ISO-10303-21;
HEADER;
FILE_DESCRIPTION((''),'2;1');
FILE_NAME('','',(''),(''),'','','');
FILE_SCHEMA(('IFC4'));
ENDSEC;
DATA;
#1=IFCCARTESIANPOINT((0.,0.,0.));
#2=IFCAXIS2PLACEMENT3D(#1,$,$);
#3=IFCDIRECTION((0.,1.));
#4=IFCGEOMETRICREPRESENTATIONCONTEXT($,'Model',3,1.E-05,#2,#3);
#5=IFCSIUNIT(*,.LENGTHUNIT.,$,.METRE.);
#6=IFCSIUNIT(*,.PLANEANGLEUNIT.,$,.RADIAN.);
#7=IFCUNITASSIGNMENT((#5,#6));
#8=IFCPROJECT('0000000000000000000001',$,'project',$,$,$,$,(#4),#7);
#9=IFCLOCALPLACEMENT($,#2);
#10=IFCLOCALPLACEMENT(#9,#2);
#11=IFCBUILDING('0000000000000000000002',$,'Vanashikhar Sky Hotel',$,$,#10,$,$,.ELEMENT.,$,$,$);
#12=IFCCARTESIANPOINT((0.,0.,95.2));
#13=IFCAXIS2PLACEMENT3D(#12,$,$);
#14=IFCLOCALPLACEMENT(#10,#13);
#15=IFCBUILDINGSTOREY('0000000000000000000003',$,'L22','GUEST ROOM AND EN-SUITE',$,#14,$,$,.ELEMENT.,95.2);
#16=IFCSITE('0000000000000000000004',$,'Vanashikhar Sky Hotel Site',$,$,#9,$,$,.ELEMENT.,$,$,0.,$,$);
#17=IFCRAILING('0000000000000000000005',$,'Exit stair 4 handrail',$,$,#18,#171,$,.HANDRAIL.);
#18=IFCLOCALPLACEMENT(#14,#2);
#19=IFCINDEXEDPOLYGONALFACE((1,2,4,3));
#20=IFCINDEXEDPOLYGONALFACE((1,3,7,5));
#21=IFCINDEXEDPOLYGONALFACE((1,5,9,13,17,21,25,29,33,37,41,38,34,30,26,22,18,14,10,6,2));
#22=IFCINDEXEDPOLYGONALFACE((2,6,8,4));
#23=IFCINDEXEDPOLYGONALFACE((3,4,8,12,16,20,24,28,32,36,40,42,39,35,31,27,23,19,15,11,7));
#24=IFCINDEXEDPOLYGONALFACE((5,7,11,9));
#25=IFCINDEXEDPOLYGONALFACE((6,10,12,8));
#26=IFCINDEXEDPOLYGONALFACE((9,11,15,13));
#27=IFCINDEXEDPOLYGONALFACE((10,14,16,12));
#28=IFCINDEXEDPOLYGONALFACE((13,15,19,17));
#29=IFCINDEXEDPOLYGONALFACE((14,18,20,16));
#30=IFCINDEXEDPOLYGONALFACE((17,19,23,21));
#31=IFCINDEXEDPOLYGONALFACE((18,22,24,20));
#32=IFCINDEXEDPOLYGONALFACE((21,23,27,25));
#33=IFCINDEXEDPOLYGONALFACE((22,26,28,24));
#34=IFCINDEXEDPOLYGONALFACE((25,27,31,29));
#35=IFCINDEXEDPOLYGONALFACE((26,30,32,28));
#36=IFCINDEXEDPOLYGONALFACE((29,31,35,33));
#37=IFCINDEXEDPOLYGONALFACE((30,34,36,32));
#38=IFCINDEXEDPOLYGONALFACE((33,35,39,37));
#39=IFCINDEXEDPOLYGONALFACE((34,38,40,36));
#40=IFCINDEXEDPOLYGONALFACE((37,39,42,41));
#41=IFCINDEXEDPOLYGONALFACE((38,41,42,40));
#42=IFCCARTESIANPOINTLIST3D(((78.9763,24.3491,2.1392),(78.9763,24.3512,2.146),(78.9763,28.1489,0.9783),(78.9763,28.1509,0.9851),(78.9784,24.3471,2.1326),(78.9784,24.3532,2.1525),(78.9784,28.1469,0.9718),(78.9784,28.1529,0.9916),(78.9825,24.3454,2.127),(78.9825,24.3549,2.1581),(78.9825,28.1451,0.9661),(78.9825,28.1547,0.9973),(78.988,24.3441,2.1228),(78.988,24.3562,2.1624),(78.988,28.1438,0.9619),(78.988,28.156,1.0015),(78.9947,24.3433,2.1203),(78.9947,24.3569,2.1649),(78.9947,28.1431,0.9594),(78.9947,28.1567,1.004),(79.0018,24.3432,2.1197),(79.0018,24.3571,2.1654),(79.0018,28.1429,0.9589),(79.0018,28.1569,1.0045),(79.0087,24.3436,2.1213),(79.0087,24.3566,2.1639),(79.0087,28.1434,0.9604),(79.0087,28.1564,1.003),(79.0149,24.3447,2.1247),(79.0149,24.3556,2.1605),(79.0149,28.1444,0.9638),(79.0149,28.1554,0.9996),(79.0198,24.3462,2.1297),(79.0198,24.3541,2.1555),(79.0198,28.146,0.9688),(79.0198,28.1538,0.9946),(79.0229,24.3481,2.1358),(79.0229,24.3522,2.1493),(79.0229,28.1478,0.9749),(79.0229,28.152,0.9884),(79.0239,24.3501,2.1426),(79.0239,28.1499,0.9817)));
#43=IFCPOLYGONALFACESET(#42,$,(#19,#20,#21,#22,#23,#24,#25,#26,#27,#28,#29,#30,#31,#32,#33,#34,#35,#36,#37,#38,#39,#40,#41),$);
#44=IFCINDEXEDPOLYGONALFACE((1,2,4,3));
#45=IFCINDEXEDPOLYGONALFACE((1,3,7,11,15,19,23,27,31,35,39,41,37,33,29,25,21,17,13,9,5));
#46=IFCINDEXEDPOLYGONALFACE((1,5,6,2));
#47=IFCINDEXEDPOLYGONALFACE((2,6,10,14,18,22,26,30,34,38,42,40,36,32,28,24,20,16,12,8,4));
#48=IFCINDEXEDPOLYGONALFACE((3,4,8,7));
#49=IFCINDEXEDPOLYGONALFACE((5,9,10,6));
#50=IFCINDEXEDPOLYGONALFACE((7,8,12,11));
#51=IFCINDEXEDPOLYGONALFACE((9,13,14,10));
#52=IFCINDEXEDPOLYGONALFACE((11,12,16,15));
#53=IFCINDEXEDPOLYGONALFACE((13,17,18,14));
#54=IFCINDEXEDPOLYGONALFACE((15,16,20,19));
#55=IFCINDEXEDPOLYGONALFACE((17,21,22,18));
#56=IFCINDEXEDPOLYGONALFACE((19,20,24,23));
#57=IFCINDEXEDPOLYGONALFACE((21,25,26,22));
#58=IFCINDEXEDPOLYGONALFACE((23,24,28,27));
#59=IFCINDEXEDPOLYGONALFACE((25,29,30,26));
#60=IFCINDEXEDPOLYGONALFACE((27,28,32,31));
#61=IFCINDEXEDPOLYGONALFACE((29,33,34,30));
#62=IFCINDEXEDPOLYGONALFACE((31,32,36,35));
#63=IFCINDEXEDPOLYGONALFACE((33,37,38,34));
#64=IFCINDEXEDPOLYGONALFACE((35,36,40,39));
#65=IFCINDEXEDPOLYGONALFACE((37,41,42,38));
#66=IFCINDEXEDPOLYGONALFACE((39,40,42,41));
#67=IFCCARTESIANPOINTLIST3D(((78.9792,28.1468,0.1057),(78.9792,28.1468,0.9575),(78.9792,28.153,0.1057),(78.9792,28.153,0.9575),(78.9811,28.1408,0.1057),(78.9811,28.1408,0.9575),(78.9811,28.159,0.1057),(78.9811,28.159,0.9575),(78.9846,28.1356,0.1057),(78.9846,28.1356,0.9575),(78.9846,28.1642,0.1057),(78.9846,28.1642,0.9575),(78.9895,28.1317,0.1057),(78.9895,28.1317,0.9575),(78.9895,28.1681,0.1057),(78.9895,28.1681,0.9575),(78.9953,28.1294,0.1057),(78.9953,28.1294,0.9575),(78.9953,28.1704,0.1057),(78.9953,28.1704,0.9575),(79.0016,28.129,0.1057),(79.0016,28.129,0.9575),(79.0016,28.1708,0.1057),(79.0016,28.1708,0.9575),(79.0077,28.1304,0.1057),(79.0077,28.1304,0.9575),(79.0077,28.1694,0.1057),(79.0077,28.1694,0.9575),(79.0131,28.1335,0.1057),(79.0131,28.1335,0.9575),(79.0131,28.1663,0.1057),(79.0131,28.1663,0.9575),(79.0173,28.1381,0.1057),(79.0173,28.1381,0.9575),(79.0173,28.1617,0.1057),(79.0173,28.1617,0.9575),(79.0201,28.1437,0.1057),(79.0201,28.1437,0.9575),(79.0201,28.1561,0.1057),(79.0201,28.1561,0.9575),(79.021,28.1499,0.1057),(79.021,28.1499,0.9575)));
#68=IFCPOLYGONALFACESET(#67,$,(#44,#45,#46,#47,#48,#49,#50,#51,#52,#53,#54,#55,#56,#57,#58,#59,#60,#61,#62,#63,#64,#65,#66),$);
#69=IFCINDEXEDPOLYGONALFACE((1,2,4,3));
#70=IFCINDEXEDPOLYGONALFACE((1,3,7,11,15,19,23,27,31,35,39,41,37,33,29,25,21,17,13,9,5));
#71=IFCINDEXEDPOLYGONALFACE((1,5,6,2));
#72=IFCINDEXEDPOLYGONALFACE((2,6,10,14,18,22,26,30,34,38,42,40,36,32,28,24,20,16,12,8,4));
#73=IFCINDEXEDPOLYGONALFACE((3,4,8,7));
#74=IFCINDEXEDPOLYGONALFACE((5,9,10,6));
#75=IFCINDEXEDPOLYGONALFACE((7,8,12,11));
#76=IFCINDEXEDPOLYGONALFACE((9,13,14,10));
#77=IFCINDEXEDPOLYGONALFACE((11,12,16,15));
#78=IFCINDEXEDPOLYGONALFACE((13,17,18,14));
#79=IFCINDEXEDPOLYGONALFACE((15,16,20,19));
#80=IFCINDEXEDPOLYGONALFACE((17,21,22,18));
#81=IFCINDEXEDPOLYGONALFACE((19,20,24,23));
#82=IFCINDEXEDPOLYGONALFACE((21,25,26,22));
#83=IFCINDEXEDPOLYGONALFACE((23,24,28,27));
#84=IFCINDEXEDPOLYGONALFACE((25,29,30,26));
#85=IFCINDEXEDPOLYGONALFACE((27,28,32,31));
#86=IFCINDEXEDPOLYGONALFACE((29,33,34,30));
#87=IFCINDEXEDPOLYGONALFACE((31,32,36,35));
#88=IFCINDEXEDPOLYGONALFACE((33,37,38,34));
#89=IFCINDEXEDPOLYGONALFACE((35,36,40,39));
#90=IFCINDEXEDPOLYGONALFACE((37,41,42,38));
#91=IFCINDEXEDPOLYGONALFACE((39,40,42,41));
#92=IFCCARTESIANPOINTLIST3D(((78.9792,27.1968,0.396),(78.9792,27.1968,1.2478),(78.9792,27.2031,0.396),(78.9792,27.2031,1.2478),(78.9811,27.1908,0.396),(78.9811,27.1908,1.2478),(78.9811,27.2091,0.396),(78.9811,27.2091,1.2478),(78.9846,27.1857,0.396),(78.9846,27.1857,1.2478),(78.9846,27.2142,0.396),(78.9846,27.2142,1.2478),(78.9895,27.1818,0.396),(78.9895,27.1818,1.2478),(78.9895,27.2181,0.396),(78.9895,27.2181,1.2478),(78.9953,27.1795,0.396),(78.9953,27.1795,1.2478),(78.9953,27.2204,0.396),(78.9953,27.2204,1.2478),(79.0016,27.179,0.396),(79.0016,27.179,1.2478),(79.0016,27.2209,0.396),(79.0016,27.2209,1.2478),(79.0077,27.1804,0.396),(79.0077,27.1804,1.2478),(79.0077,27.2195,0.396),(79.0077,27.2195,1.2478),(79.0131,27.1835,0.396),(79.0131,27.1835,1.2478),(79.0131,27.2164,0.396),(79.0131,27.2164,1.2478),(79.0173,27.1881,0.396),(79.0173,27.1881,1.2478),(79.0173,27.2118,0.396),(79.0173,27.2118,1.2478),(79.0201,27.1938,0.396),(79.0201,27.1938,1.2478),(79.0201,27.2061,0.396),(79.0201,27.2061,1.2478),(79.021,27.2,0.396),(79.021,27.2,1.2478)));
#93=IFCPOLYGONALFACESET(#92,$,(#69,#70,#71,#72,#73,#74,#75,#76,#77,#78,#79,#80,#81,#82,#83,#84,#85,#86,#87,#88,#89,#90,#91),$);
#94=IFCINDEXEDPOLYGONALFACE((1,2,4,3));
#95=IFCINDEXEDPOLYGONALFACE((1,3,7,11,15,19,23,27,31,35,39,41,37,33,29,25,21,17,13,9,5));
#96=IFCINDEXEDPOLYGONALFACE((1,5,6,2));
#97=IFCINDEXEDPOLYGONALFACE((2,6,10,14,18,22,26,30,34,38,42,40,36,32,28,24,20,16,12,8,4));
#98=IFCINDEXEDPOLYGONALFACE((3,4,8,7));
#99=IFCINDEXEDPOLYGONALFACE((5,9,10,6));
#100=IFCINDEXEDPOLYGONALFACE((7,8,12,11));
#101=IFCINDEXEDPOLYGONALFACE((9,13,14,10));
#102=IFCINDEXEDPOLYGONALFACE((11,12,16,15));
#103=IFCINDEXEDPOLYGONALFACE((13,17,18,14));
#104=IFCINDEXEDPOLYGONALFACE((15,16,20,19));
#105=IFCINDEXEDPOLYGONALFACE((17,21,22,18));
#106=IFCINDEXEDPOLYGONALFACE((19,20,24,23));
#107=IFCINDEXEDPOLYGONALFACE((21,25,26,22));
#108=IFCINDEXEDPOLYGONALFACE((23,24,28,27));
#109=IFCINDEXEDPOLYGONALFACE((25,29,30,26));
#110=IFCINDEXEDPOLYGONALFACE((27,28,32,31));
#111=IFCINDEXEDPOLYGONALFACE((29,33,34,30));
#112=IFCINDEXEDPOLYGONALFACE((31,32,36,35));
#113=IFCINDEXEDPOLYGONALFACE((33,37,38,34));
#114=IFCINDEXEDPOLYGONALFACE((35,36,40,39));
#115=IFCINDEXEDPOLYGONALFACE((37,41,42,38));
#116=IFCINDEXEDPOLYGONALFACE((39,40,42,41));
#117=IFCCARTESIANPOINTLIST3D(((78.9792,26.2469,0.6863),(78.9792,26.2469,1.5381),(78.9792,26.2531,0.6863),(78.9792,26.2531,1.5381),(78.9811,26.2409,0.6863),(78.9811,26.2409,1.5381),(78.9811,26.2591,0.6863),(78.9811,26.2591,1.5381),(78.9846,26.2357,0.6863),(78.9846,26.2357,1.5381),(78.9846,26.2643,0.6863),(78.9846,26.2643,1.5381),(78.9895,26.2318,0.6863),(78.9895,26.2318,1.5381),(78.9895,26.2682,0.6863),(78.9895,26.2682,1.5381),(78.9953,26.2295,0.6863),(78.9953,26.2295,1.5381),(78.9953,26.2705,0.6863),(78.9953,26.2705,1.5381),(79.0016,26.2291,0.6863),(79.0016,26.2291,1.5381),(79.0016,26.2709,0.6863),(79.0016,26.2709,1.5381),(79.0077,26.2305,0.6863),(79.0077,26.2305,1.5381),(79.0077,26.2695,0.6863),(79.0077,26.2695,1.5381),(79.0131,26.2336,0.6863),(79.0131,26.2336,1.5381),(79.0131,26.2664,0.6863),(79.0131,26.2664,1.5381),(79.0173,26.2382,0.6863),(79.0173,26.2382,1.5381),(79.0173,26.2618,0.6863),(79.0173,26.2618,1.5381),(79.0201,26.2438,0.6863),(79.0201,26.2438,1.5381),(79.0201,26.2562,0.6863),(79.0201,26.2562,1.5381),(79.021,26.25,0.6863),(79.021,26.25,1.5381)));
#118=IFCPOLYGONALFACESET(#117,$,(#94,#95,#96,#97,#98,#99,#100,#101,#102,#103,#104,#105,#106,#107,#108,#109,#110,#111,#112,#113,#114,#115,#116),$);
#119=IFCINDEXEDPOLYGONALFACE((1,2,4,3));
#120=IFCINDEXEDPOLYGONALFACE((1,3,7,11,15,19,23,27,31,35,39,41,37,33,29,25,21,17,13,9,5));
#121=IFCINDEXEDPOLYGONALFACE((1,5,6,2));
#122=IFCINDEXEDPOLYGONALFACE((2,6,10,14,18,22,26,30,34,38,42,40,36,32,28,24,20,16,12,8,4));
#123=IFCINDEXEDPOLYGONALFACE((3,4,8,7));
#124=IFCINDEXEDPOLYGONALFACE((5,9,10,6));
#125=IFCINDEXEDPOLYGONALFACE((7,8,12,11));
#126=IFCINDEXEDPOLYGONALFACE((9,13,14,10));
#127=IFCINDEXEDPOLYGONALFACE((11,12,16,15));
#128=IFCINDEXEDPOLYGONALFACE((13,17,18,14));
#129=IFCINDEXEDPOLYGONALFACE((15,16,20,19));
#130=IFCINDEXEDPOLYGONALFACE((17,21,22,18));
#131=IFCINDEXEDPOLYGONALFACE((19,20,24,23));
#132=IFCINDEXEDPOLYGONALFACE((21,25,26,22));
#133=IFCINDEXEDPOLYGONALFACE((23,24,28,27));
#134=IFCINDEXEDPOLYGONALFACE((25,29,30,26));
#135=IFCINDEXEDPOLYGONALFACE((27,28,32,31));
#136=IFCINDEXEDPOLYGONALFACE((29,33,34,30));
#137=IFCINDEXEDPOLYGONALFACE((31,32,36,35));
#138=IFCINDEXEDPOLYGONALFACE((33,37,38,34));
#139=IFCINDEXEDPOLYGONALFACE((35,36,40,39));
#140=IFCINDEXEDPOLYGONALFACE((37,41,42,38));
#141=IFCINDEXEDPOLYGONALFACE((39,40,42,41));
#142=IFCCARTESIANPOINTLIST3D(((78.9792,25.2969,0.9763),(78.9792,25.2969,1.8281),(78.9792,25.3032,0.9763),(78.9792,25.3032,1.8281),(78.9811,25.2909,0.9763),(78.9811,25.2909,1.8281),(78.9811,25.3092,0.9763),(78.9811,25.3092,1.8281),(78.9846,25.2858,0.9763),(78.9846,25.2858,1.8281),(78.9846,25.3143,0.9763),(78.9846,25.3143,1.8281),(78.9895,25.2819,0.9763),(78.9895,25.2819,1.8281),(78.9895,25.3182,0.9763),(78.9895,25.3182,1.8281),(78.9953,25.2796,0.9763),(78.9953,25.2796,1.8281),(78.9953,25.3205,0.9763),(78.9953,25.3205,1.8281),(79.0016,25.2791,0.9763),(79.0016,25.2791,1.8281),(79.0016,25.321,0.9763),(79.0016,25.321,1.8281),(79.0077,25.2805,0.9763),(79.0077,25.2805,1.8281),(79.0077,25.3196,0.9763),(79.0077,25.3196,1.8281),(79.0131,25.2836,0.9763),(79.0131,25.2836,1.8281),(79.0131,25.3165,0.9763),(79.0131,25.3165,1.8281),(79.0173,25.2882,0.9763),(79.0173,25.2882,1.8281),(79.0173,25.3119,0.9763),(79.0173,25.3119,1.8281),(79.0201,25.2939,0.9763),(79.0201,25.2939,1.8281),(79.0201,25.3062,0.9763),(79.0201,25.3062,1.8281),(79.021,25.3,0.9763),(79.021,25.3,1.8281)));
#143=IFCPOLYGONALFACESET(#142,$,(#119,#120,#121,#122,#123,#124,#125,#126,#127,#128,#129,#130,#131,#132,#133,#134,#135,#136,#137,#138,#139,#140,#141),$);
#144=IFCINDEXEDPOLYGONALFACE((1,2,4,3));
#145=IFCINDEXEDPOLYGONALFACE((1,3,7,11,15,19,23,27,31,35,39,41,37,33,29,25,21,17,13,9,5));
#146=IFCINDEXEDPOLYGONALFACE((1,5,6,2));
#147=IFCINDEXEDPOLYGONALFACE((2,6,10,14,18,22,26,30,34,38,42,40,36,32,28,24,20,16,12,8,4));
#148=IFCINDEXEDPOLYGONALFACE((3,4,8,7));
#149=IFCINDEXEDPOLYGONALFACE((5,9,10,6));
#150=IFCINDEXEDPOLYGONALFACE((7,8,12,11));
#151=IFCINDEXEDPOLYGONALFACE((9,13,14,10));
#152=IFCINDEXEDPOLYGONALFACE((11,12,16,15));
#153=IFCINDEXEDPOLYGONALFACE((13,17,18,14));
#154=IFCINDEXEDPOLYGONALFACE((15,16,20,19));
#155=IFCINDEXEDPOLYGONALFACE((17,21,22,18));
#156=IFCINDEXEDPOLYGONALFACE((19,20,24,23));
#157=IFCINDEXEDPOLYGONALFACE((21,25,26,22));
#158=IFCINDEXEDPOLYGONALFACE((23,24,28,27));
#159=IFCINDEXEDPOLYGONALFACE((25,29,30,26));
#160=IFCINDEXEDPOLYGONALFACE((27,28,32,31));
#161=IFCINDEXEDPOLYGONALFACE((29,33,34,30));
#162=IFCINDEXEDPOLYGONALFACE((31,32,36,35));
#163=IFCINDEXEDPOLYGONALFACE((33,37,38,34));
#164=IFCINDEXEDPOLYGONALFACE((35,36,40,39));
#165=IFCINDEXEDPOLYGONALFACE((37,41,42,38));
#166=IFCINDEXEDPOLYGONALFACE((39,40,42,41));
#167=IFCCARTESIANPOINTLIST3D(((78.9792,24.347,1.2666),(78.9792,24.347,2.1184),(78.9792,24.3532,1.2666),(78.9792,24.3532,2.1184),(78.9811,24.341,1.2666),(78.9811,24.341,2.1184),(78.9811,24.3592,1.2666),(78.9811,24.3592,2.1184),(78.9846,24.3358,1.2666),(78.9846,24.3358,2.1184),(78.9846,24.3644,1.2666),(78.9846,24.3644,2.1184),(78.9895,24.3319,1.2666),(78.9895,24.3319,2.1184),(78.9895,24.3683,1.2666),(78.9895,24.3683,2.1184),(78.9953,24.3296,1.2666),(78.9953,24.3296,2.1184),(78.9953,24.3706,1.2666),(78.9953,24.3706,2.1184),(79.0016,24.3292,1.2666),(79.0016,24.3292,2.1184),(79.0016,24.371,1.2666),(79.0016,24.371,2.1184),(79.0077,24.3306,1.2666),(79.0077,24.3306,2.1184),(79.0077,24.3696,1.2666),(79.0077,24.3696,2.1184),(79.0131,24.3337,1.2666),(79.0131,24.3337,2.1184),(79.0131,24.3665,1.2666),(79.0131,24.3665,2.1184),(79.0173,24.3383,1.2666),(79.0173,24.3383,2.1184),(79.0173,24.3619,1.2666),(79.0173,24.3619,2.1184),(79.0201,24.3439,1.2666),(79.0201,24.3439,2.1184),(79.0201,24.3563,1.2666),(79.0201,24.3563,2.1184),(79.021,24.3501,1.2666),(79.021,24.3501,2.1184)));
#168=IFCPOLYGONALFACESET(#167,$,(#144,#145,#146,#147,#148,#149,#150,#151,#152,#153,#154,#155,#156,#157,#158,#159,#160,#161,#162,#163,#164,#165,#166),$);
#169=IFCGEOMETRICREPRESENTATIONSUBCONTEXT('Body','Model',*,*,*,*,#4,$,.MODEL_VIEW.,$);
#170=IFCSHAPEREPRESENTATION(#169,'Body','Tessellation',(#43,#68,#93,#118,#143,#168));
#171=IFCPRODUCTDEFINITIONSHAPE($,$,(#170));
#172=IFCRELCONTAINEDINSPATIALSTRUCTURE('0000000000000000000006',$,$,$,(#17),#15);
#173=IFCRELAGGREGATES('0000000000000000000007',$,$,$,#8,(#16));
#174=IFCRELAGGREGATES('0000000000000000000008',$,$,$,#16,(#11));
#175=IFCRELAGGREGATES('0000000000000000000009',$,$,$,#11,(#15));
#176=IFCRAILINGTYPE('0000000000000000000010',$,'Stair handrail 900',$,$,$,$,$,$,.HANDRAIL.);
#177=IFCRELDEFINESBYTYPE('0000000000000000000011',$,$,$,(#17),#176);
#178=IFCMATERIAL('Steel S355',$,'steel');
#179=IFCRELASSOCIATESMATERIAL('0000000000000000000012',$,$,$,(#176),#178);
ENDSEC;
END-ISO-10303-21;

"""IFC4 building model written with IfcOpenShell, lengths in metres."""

from ifc_helpers import new_model, si_unit, direction, frame, origin, origin_2d, place, context, subcontext, project, spatial, circle, extrude, source, transform, mapped, material, type_object, element, save


model = new_model("IFC4")

# Units and contexts
model_context = context("Model", 3, precision=1e-05, world=origin(), true_north=direction((0.0, 1.0)))
body_context = subcontext(model_context, "Body", "Model", "MODEL_VIEW")
ifc_project = project(units=[si_unit("LENGTHUNIT", "METRE"), si_unit("PLANEANGLEUNIT", "RADIAN")], contexts=[model_context])

# Site, building, storey
site_placement = place(None, origin())
site = spatial("IfcSite", under=ifc_project, at=site_placement, Name="Vanashikhar Sky Hotel Site", CompositionType="ELEMENT", RefElevation=0.0)
building_placement = place(site_placement, origin())
building = spatial("IfcBuilding", under=site, at=building_placement, Name="Vanashikhar Sky Hotel", CompositionType="ELEMENT")
storey_placement = place(building_placement, frame((0.0, 0.0, 95.2)))
storey = spatial("IfcBuildingStorey", under=building, at=storey_placement, Name="L22", Description="GUEST ROOM AND EN-SUITE", CompositionType="ELEMENT", Elevation=95.2)

# Railing
ifc_material_1 = material(Name="Steel S355", Category="steel")
railing_type_1 = type_object("IfcRailingType", Name="Stair handrail 900", PredefinedType="HANDRAIL", material=ifc_material_1)
shared_shape_1 = source(origin(), body_context, "Body", "SweptSolid", [
    extrude(circle(Radius=0.0239, at=origin_2d()), frame((0.0, 0.0, 0.876), z_axis=(0.0, -0.956363, 0.292181), x_axis=(1.0, 0.0, 0.0)), (0.0, 0.0, 1.0), 3.9731),
    extrude(circle(Radius=0.021, at=origin_2d()), origin(), (0.0, 0.0, 1.0), 0.8518),
    extrude(circle(Radius=0.021, at=origin_2d()), frame((0.0, -0.95, 0.2903)), (0.0, 0.0, 1.0), 0.8518),
    extrude(circle(Radius=0.021, at=origin_2d()), frame((0.0, -1.8999, 0.5806)), (0.0, 0.0, 1.0), 0.8518),
    extrude(circle(Radius=0.021, at=origin_2d()), frame((0.0, -2.8499, 0.8706)), (0.0, 0.0, 1.0), 0.8518),
    extrude(circle(Radius=0.021, at=origin_2d()), frame((0.0, -3.7998, 1.1609)), (0.0, 0.0, 1.0), 0.8518),
])
railing_1_placement = place(storey_placement, frame((79.0, 28.1499, 0.1057)))
element("IfcRailing", 1, at=railing_1_placement, inside=storey, type_object=railing_type_1, Name="Exit stair 4 handrail", PredefinedType="HANDRAIL", context=body_context, shape_type="MappedRepresentation", body=[
    mapped(shared_shape_1, transform((0.0, 0.0, 0.0), scale=1.0)),
])

save(model, "model.ifc")
